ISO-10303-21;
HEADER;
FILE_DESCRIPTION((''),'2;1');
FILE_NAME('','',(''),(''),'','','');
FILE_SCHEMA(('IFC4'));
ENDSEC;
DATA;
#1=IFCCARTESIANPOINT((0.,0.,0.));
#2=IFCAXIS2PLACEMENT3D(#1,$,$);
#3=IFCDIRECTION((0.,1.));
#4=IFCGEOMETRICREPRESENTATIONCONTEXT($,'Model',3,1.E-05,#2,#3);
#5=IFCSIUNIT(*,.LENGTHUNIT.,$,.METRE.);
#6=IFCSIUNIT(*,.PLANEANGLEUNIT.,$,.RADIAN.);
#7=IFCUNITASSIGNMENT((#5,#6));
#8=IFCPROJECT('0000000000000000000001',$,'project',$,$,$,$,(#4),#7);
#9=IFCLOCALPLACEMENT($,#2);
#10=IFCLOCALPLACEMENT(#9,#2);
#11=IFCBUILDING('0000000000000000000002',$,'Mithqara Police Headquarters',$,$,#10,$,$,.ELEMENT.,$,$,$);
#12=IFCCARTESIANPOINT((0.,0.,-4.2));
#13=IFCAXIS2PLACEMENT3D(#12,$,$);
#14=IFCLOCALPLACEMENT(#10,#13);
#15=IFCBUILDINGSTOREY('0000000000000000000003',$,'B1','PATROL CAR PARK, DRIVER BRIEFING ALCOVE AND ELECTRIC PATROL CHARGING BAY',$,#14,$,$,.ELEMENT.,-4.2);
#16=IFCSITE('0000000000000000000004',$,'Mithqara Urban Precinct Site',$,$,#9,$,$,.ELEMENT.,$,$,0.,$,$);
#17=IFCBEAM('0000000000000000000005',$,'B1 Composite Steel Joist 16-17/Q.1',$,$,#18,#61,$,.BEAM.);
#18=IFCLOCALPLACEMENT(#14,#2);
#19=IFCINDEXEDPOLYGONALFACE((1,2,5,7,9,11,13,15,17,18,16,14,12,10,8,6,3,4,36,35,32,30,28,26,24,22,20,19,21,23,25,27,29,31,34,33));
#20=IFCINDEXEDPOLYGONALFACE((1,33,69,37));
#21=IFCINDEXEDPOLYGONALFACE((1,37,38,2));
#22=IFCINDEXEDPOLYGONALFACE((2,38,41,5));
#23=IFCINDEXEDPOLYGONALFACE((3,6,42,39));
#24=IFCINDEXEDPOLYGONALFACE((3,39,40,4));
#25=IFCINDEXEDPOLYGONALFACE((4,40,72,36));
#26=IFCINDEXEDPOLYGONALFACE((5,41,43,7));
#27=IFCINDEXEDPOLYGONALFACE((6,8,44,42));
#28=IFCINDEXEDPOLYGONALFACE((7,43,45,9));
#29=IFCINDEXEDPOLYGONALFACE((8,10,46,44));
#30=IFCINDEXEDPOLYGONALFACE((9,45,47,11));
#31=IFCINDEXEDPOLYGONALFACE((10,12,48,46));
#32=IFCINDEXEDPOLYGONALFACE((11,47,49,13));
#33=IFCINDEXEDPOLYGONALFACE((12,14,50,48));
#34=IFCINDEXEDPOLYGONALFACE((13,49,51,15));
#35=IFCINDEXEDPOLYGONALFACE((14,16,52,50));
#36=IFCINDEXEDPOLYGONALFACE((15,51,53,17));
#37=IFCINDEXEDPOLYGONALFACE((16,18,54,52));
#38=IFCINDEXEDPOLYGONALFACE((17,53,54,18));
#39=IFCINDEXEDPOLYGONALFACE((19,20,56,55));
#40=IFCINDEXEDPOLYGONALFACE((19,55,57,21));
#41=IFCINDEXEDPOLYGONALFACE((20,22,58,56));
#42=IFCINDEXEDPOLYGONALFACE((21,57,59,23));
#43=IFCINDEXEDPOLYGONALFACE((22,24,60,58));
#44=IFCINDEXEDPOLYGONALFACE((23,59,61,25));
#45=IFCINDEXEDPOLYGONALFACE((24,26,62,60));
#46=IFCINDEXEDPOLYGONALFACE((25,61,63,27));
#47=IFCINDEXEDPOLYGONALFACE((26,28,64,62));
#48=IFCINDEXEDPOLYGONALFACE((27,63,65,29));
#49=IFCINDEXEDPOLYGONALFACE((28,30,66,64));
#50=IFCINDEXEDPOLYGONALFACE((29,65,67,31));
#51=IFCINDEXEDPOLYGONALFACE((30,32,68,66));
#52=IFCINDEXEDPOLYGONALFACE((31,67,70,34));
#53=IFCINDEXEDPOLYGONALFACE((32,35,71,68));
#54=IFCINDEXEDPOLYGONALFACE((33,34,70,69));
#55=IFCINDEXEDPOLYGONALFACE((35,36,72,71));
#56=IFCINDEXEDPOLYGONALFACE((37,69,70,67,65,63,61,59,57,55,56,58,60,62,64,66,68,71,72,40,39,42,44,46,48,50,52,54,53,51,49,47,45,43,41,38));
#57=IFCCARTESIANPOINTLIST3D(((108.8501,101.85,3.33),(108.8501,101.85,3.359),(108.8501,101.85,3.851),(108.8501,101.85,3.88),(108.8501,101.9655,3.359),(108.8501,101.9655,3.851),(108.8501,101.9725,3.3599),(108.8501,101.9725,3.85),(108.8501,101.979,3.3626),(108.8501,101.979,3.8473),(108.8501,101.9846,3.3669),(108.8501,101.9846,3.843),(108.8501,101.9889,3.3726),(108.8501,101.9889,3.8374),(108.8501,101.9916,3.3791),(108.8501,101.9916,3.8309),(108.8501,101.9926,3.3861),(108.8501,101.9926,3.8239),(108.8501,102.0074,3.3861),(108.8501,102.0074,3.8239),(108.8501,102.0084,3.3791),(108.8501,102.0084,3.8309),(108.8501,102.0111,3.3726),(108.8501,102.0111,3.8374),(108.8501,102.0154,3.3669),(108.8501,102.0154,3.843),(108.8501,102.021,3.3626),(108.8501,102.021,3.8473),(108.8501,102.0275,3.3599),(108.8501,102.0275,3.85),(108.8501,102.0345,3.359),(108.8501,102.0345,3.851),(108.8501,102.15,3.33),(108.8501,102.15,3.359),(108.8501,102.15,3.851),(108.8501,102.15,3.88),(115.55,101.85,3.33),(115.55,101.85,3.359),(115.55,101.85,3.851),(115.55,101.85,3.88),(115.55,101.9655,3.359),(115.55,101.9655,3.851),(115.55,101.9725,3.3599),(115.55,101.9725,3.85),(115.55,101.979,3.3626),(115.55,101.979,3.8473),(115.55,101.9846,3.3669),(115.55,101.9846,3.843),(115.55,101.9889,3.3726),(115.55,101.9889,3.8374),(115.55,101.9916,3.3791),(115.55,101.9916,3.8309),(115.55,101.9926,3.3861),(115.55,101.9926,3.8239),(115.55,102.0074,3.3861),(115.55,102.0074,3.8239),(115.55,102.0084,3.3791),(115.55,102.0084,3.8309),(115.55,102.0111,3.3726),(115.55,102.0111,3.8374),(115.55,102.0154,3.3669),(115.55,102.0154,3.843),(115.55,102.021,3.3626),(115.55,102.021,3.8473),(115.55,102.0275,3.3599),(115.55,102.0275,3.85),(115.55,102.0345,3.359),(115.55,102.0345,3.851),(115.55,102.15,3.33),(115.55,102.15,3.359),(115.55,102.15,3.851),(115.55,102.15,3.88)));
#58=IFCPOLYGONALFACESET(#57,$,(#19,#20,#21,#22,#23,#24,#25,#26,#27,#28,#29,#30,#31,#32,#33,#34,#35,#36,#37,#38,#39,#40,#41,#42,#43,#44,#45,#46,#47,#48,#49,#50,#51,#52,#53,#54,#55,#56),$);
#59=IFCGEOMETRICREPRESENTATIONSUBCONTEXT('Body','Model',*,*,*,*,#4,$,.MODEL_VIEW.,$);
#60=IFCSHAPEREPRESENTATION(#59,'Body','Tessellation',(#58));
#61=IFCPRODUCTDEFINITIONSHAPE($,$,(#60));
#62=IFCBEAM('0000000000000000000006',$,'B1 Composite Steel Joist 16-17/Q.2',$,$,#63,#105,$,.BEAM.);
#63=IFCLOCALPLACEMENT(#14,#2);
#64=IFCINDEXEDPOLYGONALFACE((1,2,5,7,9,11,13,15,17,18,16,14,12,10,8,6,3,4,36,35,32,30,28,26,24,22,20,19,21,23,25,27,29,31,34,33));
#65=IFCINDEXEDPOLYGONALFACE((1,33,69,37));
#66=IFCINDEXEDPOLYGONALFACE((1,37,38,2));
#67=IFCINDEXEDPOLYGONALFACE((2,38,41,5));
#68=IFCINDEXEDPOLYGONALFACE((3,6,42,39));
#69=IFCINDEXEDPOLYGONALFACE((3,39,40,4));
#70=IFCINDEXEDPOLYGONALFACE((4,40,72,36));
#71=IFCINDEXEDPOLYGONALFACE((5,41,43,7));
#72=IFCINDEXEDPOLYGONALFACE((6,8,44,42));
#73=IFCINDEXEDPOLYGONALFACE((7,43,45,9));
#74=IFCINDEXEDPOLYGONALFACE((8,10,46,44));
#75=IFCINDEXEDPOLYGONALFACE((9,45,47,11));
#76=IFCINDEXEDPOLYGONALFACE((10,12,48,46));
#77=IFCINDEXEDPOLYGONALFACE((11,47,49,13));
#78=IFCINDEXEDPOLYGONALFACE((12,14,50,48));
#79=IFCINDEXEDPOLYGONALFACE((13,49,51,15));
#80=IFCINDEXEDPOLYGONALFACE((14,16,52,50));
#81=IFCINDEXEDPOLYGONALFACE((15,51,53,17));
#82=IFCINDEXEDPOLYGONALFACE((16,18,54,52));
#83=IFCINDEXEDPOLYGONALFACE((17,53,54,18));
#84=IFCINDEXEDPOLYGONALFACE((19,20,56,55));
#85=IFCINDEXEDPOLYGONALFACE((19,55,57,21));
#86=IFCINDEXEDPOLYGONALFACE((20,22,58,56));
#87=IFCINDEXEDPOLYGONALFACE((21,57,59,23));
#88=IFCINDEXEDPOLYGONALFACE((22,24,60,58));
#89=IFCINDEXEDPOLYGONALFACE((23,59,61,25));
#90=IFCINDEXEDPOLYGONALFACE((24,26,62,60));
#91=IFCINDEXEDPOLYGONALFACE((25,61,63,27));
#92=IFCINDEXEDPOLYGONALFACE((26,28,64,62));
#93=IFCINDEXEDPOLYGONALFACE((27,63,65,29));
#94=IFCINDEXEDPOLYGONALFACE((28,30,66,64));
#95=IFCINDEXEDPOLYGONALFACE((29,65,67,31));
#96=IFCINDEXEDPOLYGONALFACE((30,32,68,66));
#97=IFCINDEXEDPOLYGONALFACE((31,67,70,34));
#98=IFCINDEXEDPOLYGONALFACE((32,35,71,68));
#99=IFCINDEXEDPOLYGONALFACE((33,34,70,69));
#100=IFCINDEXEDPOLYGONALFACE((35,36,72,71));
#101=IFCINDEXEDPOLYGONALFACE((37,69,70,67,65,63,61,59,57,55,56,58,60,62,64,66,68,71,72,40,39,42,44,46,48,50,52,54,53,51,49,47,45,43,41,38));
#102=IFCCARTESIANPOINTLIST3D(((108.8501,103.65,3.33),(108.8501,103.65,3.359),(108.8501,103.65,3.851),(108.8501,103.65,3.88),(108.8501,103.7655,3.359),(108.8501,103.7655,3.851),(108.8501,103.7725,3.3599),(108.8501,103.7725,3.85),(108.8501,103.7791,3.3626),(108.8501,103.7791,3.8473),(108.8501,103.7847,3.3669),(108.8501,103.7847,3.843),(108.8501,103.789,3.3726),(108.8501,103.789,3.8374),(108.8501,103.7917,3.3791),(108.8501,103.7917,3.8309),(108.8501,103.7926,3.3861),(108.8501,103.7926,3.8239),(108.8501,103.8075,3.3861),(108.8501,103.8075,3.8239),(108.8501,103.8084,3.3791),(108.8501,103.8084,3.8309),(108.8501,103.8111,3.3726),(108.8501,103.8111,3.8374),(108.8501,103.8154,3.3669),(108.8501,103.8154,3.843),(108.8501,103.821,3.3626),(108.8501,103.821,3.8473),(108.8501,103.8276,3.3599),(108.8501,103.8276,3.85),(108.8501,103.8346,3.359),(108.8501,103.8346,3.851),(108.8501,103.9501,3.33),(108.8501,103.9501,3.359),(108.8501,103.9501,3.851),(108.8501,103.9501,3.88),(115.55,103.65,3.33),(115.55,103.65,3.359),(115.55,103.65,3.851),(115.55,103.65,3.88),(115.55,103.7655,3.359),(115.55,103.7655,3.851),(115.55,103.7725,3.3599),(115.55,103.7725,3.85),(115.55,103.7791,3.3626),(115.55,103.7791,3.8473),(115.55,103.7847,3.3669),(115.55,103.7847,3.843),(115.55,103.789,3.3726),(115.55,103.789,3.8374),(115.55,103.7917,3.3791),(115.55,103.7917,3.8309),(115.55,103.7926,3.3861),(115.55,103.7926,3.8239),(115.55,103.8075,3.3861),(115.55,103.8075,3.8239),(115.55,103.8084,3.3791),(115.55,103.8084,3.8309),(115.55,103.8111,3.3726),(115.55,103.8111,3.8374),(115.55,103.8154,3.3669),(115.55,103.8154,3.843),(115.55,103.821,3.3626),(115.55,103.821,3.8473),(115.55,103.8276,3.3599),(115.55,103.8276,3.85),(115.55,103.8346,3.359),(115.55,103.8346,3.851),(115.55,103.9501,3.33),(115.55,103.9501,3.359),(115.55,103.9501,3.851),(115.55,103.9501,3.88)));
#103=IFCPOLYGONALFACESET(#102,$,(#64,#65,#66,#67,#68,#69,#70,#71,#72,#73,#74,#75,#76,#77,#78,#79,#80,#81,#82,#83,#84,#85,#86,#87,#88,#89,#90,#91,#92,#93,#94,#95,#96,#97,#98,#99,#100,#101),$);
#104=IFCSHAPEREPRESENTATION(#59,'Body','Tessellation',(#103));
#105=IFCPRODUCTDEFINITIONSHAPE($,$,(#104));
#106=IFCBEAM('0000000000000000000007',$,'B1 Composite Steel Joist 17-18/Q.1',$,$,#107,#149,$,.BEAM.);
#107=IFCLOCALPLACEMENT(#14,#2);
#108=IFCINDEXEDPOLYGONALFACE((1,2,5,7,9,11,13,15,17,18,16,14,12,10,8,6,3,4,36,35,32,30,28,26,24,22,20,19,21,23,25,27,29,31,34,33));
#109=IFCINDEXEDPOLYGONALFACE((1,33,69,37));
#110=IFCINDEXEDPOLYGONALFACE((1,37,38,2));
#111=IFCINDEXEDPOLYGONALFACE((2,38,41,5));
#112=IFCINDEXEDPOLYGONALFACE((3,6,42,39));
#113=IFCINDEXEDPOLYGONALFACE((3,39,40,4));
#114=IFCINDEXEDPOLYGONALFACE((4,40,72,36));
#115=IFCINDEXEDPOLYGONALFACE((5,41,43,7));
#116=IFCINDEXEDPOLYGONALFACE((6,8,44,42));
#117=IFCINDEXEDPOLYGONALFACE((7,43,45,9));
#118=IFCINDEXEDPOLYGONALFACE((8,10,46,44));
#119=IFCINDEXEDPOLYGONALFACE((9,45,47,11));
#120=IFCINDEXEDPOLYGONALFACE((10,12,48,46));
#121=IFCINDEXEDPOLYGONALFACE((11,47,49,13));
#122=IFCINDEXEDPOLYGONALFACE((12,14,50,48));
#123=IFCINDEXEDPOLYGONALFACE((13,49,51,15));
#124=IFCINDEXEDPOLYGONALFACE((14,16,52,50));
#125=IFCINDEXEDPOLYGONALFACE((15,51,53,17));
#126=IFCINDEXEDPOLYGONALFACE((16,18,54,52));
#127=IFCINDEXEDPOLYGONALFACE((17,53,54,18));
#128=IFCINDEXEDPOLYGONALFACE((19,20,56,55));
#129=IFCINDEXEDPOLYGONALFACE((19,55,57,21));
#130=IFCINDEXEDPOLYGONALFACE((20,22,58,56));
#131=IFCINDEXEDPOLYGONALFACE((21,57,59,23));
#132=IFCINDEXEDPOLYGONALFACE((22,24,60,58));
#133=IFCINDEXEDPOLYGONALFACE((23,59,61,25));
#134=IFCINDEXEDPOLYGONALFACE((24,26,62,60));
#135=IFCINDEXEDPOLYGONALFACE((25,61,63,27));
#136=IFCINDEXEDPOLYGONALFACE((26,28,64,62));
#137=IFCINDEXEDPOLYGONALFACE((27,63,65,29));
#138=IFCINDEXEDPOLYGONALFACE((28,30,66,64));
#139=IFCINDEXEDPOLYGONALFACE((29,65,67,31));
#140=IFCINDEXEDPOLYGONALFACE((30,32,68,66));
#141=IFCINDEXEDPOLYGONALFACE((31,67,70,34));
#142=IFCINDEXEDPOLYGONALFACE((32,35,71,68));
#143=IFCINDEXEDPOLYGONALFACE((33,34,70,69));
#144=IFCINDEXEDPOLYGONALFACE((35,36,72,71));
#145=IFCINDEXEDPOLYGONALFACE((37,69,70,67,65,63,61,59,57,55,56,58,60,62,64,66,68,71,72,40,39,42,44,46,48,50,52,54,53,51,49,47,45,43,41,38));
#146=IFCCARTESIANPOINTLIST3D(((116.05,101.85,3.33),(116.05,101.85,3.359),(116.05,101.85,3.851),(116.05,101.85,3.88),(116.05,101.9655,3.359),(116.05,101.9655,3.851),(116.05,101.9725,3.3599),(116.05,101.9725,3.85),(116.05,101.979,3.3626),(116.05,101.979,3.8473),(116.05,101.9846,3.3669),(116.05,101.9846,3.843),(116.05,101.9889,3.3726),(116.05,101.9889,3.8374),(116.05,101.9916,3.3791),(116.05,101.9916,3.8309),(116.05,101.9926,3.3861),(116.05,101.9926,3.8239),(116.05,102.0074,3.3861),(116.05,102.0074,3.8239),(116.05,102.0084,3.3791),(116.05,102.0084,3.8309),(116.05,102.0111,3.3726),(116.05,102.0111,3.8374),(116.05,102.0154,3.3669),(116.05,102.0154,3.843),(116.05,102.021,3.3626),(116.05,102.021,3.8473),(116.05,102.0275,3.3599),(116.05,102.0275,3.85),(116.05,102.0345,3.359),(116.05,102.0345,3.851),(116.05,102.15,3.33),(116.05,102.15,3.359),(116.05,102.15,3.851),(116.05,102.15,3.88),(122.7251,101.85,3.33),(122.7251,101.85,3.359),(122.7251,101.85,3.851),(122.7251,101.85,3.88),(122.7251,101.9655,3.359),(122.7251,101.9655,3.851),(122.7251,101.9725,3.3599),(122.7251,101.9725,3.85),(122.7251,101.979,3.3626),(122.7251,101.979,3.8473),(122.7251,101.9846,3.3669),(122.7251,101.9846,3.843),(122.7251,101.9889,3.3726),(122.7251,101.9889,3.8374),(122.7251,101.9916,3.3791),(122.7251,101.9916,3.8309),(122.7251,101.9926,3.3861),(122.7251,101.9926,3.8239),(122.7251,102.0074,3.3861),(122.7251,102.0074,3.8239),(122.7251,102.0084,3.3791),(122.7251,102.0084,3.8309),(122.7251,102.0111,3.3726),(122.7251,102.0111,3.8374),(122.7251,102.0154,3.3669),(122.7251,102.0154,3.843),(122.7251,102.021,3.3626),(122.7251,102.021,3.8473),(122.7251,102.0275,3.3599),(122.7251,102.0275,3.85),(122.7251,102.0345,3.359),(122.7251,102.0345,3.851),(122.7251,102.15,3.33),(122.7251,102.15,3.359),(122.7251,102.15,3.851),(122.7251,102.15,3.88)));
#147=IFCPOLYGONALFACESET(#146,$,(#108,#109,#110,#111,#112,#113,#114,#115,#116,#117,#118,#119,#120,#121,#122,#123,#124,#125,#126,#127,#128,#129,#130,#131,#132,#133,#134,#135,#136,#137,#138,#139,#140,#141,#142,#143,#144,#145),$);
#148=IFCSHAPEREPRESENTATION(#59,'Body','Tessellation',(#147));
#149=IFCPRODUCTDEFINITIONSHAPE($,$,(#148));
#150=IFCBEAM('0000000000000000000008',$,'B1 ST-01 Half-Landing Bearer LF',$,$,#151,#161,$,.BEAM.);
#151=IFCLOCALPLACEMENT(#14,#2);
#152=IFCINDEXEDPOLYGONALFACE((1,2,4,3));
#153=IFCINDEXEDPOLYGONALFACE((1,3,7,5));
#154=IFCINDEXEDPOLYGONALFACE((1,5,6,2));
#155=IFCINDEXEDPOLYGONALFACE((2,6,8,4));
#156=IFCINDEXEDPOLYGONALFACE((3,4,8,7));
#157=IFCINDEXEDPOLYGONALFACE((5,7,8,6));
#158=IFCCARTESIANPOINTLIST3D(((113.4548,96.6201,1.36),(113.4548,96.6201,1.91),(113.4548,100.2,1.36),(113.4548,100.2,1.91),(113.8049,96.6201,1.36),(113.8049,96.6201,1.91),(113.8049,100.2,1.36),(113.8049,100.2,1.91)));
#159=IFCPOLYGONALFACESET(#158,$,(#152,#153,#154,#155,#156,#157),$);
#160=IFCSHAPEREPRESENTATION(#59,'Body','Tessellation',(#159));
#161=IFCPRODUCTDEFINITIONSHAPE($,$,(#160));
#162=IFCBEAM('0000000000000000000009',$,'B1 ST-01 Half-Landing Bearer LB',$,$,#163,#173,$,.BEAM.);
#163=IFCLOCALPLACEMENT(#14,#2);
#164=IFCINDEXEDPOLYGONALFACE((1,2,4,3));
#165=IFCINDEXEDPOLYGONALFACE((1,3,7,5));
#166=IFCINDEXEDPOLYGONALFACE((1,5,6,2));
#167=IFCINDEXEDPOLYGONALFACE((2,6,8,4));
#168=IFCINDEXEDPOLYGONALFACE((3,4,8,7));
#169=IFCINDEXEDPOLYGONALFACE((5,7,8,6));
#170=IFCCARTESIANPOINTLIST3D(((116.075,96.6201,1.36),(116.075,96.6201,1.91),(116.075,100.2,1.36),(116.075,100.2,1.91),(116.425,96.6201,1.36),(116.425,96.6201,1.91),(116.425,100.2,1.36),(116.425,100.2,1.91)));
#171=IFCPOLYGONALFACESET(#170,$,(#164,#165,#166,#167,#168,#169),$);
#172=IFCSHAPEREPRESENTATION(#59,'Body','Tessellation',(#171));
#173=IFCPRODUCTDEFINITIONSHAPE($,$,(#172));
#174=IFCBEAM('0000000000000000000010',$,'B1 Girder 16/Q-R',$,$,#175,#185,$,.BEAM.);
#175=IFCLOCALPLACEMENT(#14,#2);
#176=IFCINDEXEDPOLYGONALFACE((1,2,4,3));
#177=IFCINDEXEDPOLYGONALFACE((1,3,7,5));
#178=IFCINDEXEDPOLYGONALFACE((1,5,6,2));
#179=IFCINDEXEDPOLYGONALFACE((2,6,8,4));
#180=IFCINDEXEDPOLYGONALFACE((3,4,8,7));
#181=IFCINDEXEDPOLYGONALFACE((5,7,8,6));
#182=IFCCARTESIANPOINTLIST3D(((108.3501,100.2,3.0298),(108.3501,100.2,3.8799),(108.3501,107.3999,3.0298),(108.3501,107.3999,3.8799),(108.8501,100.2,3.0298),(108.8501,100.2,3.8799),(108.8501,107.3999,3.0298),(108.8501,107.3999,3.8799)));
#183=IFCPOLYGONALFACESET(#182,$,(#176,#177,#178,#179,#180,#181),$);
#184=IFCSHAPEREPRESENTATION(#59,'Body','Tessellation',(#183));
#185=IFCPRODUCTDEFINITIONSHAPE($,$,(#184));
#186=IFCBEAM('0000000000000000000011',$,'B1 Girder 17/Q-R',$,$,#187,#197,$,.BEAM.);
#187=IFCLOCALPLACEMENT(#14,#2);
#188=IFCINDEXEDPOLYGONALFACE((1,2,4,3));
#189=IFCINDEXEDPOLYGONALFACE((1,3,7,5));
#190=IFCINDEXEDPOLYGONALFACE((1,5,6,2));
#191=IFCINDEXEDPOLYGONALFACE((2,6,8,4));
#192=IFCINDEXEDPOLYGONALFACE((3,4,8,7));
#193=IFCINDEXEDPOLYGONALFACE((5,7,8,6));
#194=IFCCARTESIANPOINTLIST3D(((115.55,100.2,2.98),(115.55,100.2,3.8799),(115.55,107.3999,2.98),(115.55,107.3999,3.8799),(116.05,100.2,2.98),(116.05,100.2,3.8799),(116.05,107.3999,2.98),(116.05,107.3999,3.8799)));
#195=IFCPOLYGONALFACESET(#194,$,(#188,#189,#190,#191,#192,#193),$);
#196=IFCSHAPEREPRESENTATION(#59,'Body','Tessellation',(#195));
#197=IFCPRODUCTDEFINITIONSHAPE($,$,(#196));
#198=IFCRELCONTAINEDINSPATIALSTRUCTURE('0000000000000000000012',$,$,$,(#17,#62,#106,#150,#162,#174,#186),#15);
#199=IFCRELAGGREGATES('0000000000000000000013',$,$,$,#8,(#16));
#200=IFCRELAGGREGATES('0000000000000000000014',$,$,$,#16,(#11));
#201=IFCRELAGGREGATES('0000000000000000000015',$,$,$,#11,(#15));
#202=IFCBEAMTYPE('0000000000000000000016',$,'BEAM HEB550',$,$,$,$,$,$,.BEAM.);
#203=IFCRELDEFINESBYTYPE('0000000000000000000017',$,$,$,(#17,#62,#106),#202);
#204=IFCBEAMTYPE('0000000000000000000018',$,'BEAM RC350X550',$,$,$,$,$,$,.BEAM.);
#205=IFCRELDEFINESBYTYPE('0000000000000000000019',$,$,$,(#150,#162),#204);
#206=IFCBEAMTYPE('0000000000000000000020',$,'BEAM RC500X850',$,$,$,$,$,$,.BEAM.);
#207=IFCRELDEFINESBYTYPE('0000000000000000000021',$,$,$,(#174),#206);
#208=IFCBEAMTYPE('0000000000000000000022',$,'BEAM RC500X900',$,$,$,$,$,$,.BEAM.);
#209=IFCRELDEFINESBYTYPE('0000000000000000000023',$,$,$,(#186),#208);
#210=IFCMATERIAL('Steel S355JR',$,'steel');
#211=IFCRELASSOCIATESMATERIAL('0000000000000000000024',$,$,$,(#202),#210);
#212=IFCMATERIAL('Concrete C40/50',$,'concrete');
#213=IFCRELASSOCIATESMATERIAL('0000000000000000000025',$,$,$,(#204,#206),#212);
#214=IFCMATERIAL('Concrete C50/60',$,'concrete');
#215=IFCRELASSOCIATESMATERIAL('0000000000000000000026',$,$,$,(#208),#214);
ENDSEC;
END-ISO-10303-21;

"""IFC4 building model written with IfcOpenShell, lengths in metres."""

from ifc_helpers import new_model, si_unit, direction, frame, origin, origin_2d, place, context, subcontext, project, spatial, rectangle, i_section, extrude, material, material_profile, profile_set, type_object, element, save


model = new_model("IFC4")

# Units and contexts
model_context = context("Model", 3, precision=1e-05, world=origin(), true_north=direction((0.0, 1.0)))
body_context = subcontext(model_context, "Body", "Model", "MODEL_VIEW")
ifc_project = project(units=[si_unit("LENGTHUNIT", "METRE"), si_unit("PLANEANGLEUNIT", "RADIAN")], contexts=[model_context])

# Site, building, storey
site_placement = place(None, origin())
site = spatial("IfcSite", under=ifc_project, at=site_placement, Name="Mithqara Urban Precinct Site", CompositionType="ELEMENT", RefElevation=0.0)
building_placement = place(site_placement, origin())
building = spatial("IfcBuilding", under=site, at=building_placement, Name="Mithqara Police Headquarters", CompositionType="ELEMENT")
storey_placement = place(building_placement, frame((0.0, 0.0, -4.2)))
storey = spatial("IfcBuildingStorey", under=building, at=storey_placement, Name="B1", Description="PATROL CAR PARK, DRIVER BRIEFING ALCOVE AND ELECTRIC PATROL CHARGING BAY", CompositionType="ELEMENT", Elevation=-4.2)

# Beams
ifc_material_1 = material(Name="Steel S355JR", Category="steel")
ifc_material_profile_1 = material_profile(ifc_material_1, i_section(OverallWidth=0.3, OverallDepth=0.55, WebThickness=0.0149, FlangeThickness=0.0291, FilletRadius=0.0271, at=origin_2d()), Name="HEB 550")
ifc_profile_set_1 = profile_set([ifc_material_profile_1], Name="Steel S355JR")
beam_type_1 = type_object("IfcBeamType", Name="BEAM HEB550", PredefinedType="BEAM", material=ifc_profile_set_1)
for number, where, z_axis, x_axis, name in (
    (1, (108.8501, 102.0, 3.605), (1.0, 0.0, 0.0), (0.0, 1.0, 0.0), "B1 Composite Steel Joist 16-17/Q.1"),
    (2, (108.8501, 103.8, 3.605), (1.0, 0.0, 0.0), (0.0, 1.0, 0.0), "B1 Composite Steel Joist 16-17/Q.2"),
):
    element("IfcBeam", number, at=place(storey_placement, frame(where, z_axis=z_axis, x_axis=x_axis)), inside=storey, type_object=beam_type_1, Name=name, PredefinedType="BEAM", context=body_context, shape_type="SweptSolid", body=[
        extrude(i_section(OverallWidth=0.3, OverallDepth=0.55, WebThickness=0.0149, FlangeThickness=0.0291, FilletRadius=0.0271, at=origin_2d()), origin(), (0.0, 0.0, 1.0), 6.7),
    ])
beam_1_placement = place(storey_placement, frame((116.05, 102.0, 3.605), z_axis=(1.0, 0.0, 0.0), x_axis=(0.0, 1.0, 0.0)))
element("IfcBeam", 3, at=beam_1_placement, inside=storey, type_object=beam_type_1, Name="B1 Composite Steel Joist 17-18/Q.1", PredefinedType="BEAM", context=body_context, shape_type="SweptSolid", body=[
    extrude(i_section(OverallWidth=0.3, OverallDepth=0.55, WebThickness=0.0149, FlangeThickness=0.0291, FilletRadius=0.0271, at=origin_2d()), origin(), (0.0, 0.0, 1.0), 6.675),
])
ifc_material_2 = material(Name="Concrete C40/50", Category="concrete")
ifc_material_profile_2 = material_profile(ifc_material_2, rectangle(XDim=0.3501, YDim=0.55, at=origin_2d()), Name="RC 350x550")
ifc_profile_set_2 = profile_set([ifc_material_profile_2], Name="Concrete C40/50")
beam_type_2 = type_object("IfcBeamType", Name="BEAM RC350X550", PredefinedType="BEAM", material=ifc_profile_set_2)
for number, where, z_axis, x_axis, name in (
    (4, (113.6299, 96.6201, 1.635), (0.0, 1.0, 0.0), (-1.0, 0.0, 0.0), "B1 ST-01 Half-Landing Bearer LF"),
    (5, (116.25, 96.6201, 1.635), (0.0, 1.0, 0.0), (-1.0, 0.0, 0.0), "B1 ST-01 Half-Landing Bearer LB"),
):
    element("IfcBeam", number, at=place(storey_placement, frame(where, z_axis=z_axis, x_axis=x_axis)), inside=storey, type_object=beam_type_2, Name=name, PredefinedType="BEAM", context=body_context, shape_type="SweptSolid", body=[
        extrude(rectangle(XDim=0.3501, YDim=0.55, at=origin_2d()), origin(), (0.0, 0.0, 1.0), 3.5798),
    ])
ifc_material_profile_3 = material_profile(ifc_material_2, rectangle(XDim=0.5, YDim=0.8501, at=origin_2d()), Name="RC 500x850")
ifc_profile_set_3 = profile_set([ifc_material_profile_3], Name="Concrete C40/50")
beam_type_3 = type_object("IfcBeamType", Name="BEAM RC500X850", PredefinedType="BEAM", material=ifc_profile_set_3)
beam_2_placement = place(storey_placement, frame((108.6001, 100.2, 3.4548), z_axis=(0.0, 1.0, 0.0), x_axis=(-1.0, 0.0, 0.0)))
element("IfcBeam", 6, at=beam_2_placement, inside=storey, type_object=beam_type_3, Name="B1 Girder 16/Q-R", PredefinedType="BEAM", context=body_context, shape_type="SweptSolid", body=[
    extrude(rectangle(XDim=0.5, YDim=0.8501, at=origin_2d()), origin(), (0.0, 0.0, 1.0), 7.2),
])
ifc_material_3 = material(Name="Concrete C50/60", Category="concrete")
ifc_material_profile_4 = material_profile(ifc_material_3, rectangle(XDim=0.5, YDim=0.8999, at=origin_2d()), Name="RC 500x900")
ifc_profile_set_4 = profile_set([ifc_material_profile_4], Name="Concrete C50/60")
beam_type_4 = type_object("IfcBeamType", Name="BEAM RC500X900", PredefinedType="BEAM", material=ifc_profile_set_4)
beam_3_placement = place(storey_placement, frame((115.8, 100.2, 3.4299), z_axis=(0.0, 1.0, 0.0), x_axis=(-1.0, 0.0, 0.0)))
element("IfcBeam", 7, at=beam_3_placement, inside=storey, type_object=beam_type_4, Name="B1 Girder 17/Q-R", PredefinedType="BEAM", context=body_context, shape_type="SweptSolid", body=[
    extrude(rectangle(XDim=0.5, YDim=0.8999, at=origin_2d()), origin(), (0.0, 0.0, 1.0), 7.2),
])

save(model, "model.ifc")
